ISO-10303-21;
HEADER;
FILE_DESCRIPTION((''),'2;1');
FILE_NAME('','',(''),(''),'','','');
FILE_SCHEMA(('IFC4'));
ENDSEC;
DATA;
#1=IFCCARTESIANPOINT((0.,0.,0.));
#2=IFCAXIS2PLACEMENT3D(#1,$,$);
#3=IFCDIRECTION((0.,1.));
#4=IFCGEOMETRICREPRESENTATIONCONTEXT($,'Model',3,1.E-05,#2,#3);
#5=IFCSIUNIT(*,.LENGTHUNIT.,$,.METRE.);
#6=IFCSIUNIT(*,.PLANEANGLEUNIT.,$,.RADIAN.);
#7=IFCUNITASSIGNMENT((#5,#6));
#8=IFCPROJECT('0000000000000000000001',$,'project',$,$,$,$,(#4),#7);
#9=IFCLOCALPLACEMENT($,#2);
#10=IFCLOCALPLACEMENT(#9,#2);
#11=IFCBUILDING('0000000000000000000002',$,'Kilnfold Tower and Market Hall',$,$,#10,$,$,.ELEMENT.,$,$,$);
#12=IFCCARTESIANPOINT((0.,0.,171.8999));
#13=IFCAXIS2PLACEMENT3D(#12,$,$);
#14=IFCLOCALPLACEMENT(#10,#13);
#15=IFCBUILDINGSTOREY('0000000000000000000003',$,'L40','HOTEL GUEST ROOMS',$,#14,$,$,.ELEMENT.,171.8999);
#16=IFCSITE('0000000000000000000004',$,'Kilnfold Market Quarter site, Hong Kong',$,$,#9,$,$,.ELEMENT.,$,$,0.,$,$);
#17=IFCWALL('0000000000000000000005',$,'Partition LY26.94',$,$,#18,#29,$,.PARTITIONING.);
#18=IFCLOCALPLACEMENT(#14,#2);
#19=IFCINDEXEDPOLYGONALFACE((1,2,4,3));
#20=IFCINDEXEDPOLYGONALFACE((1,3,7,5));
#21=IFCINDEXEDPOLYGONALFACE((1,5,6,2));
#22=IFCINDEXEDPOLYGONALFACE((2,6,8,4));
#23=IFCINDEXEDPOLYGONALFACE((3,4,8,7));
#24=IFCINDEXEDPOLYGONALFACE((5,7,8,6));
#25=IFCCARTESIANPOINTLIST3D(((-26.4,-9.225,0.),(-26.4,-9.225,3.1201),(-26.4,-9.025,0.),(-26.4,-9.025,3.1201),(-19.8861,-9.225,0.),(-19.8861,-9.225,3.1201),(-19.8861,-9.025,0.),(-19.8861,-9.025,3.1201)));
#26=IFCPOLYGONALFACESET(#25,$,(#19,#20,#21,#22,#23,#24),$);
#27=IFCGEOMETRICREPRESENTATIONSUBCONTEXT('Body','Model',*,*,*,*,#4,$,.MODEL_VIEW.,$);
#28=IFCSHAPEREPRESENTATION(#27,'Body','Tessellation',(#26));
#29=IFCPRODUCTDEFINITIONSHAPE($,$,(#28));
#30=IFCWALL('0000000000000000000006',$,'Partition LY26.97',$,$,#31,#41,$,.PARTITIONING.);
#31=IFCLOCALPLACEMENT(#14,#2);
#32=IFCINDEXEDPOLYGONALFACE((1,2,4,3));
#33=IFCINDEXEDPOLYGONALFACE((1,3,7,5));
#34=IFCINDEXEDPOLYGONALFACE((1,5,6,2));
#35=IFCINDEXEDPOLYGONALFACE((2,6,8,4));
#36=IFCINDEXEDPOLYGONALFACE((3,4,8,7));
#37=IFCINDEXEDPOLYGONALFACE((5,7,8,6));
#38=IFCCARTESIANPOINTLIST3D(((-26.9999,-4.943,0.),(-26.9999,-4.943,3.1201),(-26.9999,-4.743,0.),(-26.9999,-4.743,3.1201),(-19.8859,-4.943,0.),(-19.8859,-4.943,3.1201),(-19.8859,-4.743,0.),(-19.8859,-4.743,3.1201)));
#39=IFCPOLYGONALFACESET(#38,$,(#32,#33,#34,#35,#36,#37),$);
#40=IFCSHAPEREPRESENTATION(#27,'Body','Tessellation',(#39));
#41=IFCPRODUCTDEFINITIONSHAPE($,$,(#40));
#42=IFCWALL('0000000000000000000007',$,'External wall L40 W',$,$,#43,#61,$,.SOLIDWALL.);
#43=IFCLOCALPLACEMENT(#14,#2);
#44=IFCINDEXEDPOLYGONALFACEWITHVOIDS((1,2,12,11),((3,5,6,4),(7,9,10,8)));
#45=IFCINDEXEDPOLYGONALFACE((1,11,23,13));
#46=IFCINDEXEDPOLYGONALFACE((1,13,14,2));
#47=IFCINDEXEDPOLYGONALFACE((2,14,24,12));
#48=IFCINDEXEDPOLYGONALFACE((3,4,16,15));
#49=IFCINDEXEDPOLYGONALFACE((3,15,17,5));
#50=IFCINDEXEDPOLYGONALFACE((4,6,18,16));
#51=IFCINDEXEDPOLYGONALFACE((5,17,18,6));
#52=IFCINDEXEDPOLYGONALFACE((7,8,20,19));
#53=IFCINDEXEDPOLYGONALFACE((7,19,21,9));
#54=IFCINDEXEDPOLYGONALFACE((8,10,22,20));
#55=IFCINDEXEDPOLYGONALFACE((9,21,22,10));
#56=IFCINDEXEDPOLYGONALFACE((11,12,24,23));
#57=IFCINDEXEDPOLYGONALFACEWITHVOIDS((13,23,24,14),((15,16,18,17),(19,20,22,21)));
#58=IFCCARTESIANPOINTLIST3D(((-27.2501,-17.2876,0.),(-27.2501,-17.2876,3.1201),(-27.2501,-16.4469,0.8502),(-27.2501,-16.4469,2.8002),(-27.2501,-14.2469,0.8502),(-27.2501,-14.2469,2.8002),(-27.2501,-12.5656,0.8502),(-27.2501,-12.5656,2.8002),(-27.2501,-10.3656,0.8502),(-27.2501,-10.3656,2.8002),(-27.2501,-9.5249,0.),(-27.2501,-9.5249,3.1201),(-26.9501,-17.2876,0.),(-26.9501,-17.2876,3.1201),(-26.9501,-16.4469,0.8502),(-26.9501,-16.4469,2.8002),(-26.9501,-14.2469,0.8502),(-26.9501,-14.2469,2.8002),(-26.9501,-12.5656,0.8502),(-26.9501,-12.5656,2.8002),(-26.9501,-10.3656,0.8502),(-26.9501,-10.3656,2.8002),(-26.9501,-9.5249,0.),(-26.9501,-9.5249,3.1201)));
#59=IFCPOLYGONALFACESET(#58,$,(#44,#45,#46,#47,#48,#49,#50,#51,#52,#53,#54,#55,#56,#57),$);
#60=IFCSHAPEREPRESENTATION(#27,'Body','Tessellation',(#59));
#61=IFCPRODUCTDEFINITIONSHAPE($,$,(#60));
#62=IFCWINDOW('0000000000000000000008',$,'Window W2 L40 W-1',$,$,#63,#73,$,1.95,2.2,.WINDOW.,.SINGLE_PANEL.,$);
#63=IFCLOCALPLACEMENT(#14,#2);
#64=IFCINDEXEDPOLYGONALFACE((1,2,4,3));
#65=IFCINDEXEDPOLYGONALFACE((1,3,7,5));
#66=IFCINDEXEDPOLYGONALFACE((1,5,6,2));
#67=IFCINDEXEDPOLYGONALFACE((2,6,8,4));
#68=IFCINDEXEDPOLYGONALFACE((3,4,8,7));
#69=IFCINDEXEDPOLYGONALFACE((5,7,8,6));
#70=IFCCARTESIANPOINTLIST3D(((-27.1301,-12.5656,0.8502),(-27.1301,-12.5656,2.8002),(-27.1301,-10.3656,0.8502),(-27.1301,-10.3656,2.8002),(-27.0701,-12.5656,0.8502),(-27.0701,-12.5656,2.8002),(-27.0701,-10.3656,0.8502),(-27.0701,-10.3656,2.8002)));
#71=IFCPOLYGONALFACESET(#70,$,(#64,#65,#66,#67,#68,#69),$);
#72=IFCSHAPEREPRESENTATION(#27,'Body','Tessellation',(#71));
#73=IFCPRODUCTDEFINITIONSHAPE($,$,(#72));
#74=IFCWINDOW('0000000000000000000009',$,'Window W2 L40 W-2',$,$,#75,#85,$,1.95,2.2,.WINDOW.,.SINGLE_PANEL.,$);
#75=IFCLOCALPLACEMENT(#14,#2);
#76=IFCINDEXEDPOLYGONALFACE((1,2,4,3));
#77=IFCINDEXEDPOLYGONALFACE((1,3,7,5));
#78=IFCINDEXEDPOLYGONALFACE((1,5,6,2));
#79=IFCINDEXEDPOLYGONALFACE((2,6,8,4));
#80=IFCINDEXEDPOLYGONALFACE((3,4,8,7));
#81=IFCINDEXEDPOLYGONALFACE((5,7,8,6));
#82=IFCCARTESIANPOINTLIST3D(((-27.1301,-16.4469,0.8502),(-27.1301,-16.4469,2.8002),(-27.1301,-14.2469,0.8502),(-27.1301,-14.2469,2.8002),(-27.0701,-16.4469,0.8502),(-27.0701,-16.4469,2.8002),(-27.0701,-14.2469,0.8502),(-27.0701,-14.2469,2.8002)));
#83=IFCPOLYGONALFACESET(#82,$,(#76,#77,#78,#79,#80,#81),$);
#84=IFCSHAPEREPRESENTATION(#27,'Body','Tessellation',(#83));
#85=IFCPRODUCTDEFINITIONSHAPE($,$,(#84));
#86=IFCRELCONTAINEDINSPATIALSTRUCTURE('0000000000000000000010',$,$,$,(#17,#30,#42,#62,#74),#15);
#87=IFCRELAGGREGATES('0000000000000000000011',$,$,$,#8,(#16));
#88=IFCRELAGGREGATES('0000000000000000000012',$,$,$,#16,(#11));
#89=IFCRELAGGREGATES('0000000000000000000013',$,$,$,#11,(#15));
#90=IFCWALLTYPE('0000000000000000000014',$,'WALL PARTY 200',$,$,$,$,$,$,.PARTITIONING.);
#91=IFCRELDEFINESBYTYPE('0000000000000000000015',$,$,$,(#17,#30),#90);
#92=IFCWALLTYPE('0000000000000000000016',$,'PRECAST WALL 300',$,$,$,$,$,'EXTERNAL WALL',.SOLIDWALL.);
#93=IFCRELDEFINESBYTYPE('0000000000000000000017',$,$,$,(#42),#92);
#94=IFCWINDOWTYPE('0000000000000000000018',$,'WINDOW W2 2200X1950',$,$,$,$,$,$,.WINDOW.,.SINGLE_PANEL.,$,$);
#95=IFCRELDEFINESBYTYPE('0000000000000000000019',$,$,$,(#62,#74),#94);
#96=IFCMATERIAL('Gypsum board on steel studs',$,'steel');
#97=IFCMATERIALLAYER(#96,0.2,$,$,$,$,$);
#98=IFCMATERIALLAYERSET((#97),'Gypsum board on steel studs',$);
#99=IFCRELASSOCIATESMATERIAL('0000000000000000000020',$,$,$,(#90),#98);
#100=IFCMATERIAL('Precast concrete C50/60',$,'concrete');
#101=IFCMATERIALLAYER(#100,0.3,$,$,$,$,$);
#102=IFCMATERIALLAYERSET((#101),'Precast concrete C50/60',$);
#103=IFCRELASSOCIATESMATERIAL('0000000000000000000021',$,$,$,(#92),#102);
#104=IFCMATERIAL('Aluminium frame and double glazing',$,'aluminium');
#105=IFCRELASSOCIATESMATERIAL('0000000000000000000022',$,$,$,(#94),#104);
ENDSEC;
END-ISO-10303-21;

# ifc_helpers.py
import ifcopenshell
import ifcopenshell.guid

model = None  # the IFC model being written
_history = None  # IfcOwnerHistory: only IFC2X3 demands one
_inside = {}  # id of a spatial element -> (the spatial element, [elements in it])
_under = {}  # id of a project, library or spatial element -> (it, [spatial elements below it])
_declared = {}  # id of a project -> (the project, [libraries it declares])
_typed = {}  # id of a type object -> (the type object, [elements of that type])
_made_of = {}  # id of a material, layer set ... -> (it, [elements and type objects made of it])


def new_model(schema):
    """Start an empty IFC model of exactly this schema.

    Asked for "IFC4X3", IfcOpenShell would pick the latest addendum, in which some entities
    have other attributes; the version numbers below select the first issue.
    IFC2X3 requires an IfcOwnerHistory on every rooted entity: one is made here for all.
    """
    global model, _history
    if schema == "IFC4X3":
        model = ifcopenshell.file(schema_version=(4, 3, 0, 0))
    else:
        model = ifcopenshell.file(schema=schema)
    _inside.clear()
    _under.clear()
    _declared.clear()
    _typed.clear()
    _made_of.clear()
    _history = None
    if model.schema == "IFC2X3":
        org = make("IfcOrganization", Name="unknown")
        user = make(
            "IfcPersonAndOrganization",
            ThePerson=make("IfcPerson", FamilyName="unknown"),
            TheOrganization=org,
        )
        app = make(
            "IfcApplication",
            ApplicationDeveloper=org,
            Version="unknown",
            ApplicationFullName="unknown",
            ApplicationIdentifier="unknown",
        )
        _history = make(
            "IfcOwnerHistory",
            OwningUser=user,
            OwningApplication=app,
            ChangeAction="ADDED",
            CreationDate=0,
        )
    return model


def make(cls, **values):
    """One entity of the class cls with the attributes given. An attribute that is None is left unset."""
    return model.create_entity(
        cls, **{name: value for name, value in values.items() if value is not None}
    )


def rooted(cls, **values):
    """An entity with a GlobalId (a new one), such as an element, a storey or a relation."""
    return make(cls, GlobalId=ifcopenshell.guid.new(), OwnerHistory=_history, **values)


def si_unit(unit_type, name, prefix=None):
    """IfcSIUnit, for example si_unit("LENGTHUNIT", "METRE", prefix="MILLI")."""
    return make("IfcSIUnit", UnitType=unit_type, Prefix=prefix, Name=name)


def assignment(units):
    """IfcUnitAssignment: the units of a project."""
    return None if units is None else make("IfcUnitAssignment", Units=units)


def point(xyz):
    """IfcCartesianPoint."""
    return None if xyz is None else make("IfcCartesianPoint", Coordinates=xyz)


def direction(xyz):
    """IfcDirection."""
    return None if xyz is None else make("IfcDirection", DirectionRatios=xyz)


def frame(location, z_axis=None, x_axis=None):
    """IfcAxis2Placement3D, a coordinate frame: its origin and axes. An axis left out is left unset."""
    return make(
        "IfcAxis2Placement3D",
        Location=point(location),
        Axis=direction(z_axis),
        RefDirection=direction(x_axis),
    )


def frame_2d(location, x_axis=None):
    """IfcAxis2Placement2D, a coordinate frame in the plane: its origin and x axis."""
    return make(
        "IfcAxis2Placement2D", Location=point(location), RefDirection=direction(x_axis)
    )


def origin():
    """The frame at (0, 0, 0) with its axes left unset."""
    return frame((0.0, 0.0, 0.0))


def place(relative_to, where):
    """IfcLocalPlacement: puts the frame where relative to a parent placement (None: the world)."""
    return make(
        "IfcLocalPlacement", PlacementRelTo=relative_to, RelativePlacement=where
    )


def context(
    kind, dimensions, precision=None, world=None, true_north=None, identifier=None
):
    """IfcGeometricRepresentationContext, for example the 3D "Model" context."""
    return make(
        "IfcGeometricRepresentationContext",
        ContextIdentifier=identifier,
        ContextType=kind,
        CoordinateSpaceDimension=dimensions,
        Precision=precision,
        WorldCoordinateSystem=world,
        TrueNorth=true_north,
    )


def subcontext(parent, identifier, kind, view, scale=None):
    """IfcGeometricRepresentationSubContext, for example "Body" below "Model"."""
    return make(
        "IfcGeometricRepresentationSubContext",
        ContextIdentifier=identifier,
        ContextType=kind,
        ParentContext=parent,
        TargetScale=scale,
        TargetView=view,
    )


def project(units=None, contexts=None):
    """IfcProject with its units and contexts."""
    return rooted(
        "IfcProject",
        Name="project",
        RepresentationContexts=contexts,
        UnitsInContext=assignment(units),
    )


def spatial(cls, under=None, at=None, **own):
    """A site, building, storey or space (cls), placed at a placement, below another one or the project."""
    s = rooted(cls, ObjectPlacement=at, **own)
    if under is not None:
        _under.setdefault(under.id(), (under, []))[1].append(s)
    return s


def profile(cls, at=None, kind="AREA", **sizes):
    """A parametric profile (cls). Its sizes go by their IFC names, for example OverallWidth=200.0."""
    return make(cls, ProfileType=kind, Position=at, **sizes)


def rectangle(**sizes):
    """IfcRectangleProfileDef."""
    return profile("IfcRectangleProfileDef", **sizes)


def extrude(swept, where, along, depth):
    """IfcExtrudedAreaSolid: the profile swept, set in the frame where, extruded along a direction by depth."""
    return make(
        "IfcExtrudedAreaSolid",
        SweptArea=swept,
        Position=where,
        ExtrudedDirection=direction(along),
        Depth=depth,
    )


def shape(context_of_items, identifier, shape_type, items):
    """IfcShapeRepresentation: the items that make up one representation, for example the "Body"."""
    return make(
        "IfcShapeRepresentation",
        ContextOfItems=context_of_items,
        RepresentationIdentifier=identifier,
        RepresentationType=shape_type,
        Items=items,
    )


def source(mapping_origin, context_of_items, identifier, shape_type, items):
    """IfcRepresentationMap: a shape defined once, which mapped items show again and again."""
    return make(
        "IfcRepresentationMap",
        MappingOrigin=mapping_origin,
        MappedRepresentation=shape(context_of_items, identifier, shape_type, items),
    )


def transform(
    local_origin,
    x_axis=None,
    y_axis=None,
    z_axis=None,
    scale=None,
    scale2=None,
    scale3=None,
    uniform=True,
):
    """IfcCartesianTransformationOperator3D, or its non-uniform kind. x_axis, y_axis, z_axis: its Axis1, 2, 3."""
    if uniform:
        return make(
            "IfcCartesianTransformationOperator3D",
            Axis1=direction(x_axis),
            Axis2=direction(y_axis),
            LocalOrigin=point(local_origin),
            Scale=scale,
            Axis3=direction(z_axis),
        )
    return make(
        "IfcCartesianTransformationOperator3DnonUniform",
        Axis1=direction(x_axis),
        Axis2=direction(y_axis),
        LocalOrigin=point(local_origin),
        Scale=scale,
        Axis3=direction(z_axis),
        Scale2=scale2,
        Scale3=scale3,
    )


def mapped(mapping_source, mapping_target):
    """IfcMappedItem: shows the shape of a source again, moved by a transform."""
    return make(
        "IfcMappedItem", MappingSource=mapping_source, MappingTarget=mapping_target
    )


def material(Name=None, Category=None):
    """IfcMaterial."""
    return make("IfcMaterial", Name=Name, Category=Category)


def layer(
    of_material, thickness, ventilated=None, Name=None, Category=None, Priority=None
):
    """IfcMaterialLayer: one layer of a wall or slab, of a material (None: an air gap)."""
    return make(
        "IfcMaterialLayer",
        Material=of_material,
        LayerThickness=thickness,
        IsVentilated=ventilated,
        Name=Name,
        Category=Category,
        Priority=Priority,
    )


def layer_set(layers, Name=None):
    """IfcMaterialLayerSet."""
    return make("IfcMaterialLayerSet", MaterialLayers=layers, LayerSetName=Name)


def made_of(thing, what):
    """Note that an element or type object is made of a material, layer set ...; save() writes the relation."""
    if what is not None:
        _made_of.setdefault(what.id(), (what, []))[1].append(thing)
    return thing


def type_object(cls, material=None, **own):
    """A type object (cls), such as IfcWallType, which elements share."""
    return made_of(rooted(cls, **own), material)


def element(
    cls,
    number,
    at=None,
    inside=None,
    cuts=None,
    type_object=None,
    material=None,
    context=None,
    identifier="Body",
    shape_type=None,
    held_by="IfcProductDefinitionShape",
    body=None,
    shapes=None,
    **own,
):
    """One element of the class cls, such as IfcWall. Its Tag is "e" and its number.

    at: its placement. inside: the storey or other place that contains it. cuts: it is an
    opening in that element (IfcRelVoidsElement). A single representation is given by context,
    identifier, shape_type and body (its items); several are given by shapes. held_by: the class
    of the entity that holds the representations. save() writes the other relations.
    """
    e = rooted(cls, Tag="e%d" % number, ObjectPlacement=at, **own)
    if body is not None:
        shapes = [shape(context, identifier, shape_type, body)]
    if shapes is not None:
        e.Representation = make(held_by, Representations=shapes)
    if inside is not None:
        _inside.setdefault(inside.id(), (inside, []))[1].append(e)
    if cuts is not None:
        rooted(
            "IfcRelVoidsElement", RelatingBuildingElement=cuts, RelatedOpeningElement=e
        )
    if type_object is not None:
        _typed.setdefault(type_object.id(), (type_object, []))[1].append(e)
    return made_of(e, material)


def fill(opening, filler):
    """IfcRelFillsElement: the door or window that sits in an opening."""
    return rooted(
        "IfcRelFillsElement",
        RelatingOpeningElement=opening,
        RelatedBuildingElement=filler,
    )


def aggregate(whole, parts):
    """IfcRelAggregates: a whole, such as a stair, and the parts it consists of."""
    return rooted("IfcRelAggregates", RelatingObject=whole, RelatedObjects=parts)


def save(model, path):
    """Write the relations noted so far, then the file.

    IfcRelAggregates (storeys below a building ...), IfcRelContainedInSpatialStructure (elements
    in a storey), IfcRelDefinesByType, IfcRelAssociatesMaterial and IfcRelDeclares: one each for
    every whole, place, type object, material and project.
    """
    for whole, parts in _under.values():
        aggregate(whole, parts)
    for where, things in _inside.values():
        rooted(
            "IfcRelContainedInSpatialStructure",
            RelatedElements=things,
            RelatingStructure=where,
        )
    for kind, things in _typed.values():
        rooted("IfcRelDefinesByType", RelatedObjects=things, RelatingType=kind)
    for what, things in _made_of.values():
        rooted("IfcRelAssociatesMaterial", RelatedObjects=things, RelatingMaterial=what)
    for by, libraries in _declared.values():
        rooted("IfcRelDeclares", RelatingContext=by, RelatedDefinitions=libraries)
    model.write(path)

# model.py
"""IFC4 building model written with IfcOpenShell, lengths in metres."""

from ifc_helpers import new_model, si_unit, direction, frame, frame_2d, origin, place, context, subcontext, project, spatial, rectangle, extrude, source, transform, mapped, material, layer, layer_set, type_object, element, fill, save


model = new_model("IFC4")

# Units and contexts
model_context = context("Model", 3, precision=1e-05, world=origin(), true_north=direction((0.0, 1.0)))
body_context = subcontext(model_context, "Body", "Model", "MODEL_VIEW")
ifc_project = project(units=[si_unit("LENGTHUNIT", "METRE"), si_unit("PLANEANGLEUNIT", "RADIAN")], contexts=[model_context])

# Site, building, storey
site_placement = place(None, origin())
site = spatial("IfcSite", under=ifc_project, at=site_placement, Name="Kilnfold Market Quarter site, Hong Kong", CompositionType="ELEMENT", RefElevation=0.0)
building_placement = place(site_placement, origin())
building = spatial("IfcBuilding", under=site, at=building_placement, Name="Kilnfold Tower and Market Hall", CompositionType="ELEMENT")
storey_placement = place(building_placement, frame((0.0, 0.0, 171.8999)))
storey = spatial("IfcBuildingStorey", under=building, at=storey_placement, Name="L40", Description="HOTEL GUEST ROOMS", CompositionType="ELEMENT", Elevation=171.8999)

# Walls
ifc_material_1 = material(Name="Gypsum board on steel studs", Category="steel")
ifc_layer_1 = layer(ifc_material_1, 0.2)
ifc_layer_set_1 = layer_set([ifc_layer_1], Name="Gypsum board on steel studs")
wall_type_1 = type_object("IfcWallType", Name="WALL PARTY 200", PredefinedType="PARTITIONING", material=ifc_layer_set_1)
wall_1_placement = place(storey_placement, frame((-26.3999, -9.125, 0.0), z_axis=(0.0, 0.0, 1.0), x_axis=(1.0, 0.0, 0.0)))
element("IfcWall", 1, at=wall_1_placement, inside=storey, type_object=wall_type_1, Name="Partition LY26.94", PredefinedType="PARTITIONING", context=body_context, shape_type="SweptSolid", body=[
    extrude(rectangle(XDim=6.5139, YDim=0.2, at=frame_2d((3.2568, 0.0))), origin(), (0.0, 0.0, 1.0), 3.1201),
])
wall_2_placement = place(storey_placement, frame((-27.0, -4.843, 0.0), z_axis=(0.0, 0.0, 1.0), x_axis=(1.0, 0.0, 0.0)))
element("IfcWall", 2, at=wall_2_placement, inside=storey, type_object=wall_type_1, Name="Partition LY26.97", PredefinedType="PARTITIONING", context=body_context, shape_type="SweptSolid", body=[
    extrude(rectangle(XDim=7.114, YDim=0.2, at=frame_2d((3.5571, 0.0))), origin(), (0.0, 0.0, 1.0), 3.1201),
])

# Wall, openings, windows
ifc_material_2 = material(Name="Precast concrete C50/60", Category="concrete")
ifc_layer_2 = layer(ifc_material_2, 0.3)
ifc_layer_set_2 = layer_set([ifc_layer_2], Name="Precast concrete C50/60")
wall_type_2 = type_object("IfcWallType", Name="PRECAST WALL 300", ElementType="EXTERNAL WALL", PredefinedType="SOLIDWALL", material=ifc_layer_set_2)
shared_shape_1 = source(origin(), body_context, "Body", "SweptSolid", [
    extrude(rectangle(XDim=7.7627, YDim=0.3, at=frame_2d((3.8813, 0.0))), origin(), (0.0, 0.0, 1.0), 3.1201),
])
wall_3_placement = place(storey_placement, frame((-27.1001, -9.5249, 0.0), z_axis=(0.0, 0.0, 1.0), x_axis=(0.0, -1.0, 0.0)))
wall_3 = element("IfcWall", 3, at=wall_3_placement, inside=storey, type_object=wall_type_2, Name="External wall L40 W", PredefinedType="SOLIDWALL", context=body_context, shape_type="MappedRepresentation", body=[
    mapped(shared_shape_1, transform((0.0, 0.0, 0.0))),
])
opening_1_placement = place(wall_3_placement, frame((0.8406, 0.0, 0.8501)))
opening_1 = element("IfcOpeningElement", 4, at=opening_1_placement, cuts=wall_3, PredefinedType="OPENING", context=body_context, shape_type="SweptSolid", body=[
    extrude(rectangle(XDim=2.2, YDim=1.95, at=frame_2d((1.1001, 0.9751))), frame((0.0, 0.1602, 0.0), z_axis=(0.0, -1.0, 0.0), x_axis=(1.0, 0.0, 0.0)), (0.0, 0.0, 1.0), 0.3201),
])
opening_2_placement = place(wall_3_placement, frame((4.7219, 0.0, 0.8501)))
opening_2 = element("IfcOpeningElement", 5, at=opening_2_placement, cuts=wall_3, PredefinedType="OPENING", context=body_context, shape_type="SweptSolid", body=[
    extrude(rectangle(XDim=2.2, YDim=1.95, at=frame_2d((1.1001, 0.9751))), frame((0.0, 0.1602, 0.0), z_axis=(0.0, -1.0, 0.0), x_axis=(1.0, 0.0, 0.0)), (0.0, 0.0, 1.0), 0.3201),
])
ifc_material_3 = material(Name="Aluminium frame and double glazing", Category="aluminium")
window_type = type_object("IfcWindowType", Name="WINDOW W2 2200X1950", PartitioningType="SINGLE_PANEL", PredefinedType="WINDOW", material=ifc_material_3)
window_1_placement = place(opening_1_placement, origin())
window_1 = element("IfcWindow", 6, at=window_1_placement, inside=storey, type_object=window_type, Name="Window W2 L40 W-1", OverallHeight=1.95, OverallWidth=2.2, PartitioningType="SINGLE_PANEL", PredefinedType="WINDOW", context=body_context, shape_type="SweptSolid", body=[
    extrude(rectangle(XDim=2.2, YDim=1.95, at=frame_2d((1.1001, 0.9751))), frame((0.0, 0.03, 0.0), z_axis=(0.0, -1.0, 0.0), x_axis=(1.0, 0.0, 0.0)), (0.0, 0.0, 1.0), 0.0601),
])
fill(opening_1, window_1)
window_2_placement = place(opening_2_placement, origin())
window_2 = element("IfcWindow", 7, at=window_2_placement, inside=storey, type_object=window_type, Name="Window W2 L40 W-2", OverallHeight=1.95, OverallWidth=2.2, PartitioningType="SINGLE_PANEL", PredefinedType="WINDOW", context=body_context, shape_type="SweptSolid", body=[
    extrude(rectangle(XDim=2.2, YDim=1.95, at=frame_2d((1.1001, 0.9751))), frame((0.0, 0.03, 0.0), z_axis=(0.0, -1.0, 0.0), x_axis=(1.0, 0.0, 0.0)), (0.0, 0.0, 1.0), 0.0601),
])
fill(opening_2, window_2)

save(model, "model.ifc")
